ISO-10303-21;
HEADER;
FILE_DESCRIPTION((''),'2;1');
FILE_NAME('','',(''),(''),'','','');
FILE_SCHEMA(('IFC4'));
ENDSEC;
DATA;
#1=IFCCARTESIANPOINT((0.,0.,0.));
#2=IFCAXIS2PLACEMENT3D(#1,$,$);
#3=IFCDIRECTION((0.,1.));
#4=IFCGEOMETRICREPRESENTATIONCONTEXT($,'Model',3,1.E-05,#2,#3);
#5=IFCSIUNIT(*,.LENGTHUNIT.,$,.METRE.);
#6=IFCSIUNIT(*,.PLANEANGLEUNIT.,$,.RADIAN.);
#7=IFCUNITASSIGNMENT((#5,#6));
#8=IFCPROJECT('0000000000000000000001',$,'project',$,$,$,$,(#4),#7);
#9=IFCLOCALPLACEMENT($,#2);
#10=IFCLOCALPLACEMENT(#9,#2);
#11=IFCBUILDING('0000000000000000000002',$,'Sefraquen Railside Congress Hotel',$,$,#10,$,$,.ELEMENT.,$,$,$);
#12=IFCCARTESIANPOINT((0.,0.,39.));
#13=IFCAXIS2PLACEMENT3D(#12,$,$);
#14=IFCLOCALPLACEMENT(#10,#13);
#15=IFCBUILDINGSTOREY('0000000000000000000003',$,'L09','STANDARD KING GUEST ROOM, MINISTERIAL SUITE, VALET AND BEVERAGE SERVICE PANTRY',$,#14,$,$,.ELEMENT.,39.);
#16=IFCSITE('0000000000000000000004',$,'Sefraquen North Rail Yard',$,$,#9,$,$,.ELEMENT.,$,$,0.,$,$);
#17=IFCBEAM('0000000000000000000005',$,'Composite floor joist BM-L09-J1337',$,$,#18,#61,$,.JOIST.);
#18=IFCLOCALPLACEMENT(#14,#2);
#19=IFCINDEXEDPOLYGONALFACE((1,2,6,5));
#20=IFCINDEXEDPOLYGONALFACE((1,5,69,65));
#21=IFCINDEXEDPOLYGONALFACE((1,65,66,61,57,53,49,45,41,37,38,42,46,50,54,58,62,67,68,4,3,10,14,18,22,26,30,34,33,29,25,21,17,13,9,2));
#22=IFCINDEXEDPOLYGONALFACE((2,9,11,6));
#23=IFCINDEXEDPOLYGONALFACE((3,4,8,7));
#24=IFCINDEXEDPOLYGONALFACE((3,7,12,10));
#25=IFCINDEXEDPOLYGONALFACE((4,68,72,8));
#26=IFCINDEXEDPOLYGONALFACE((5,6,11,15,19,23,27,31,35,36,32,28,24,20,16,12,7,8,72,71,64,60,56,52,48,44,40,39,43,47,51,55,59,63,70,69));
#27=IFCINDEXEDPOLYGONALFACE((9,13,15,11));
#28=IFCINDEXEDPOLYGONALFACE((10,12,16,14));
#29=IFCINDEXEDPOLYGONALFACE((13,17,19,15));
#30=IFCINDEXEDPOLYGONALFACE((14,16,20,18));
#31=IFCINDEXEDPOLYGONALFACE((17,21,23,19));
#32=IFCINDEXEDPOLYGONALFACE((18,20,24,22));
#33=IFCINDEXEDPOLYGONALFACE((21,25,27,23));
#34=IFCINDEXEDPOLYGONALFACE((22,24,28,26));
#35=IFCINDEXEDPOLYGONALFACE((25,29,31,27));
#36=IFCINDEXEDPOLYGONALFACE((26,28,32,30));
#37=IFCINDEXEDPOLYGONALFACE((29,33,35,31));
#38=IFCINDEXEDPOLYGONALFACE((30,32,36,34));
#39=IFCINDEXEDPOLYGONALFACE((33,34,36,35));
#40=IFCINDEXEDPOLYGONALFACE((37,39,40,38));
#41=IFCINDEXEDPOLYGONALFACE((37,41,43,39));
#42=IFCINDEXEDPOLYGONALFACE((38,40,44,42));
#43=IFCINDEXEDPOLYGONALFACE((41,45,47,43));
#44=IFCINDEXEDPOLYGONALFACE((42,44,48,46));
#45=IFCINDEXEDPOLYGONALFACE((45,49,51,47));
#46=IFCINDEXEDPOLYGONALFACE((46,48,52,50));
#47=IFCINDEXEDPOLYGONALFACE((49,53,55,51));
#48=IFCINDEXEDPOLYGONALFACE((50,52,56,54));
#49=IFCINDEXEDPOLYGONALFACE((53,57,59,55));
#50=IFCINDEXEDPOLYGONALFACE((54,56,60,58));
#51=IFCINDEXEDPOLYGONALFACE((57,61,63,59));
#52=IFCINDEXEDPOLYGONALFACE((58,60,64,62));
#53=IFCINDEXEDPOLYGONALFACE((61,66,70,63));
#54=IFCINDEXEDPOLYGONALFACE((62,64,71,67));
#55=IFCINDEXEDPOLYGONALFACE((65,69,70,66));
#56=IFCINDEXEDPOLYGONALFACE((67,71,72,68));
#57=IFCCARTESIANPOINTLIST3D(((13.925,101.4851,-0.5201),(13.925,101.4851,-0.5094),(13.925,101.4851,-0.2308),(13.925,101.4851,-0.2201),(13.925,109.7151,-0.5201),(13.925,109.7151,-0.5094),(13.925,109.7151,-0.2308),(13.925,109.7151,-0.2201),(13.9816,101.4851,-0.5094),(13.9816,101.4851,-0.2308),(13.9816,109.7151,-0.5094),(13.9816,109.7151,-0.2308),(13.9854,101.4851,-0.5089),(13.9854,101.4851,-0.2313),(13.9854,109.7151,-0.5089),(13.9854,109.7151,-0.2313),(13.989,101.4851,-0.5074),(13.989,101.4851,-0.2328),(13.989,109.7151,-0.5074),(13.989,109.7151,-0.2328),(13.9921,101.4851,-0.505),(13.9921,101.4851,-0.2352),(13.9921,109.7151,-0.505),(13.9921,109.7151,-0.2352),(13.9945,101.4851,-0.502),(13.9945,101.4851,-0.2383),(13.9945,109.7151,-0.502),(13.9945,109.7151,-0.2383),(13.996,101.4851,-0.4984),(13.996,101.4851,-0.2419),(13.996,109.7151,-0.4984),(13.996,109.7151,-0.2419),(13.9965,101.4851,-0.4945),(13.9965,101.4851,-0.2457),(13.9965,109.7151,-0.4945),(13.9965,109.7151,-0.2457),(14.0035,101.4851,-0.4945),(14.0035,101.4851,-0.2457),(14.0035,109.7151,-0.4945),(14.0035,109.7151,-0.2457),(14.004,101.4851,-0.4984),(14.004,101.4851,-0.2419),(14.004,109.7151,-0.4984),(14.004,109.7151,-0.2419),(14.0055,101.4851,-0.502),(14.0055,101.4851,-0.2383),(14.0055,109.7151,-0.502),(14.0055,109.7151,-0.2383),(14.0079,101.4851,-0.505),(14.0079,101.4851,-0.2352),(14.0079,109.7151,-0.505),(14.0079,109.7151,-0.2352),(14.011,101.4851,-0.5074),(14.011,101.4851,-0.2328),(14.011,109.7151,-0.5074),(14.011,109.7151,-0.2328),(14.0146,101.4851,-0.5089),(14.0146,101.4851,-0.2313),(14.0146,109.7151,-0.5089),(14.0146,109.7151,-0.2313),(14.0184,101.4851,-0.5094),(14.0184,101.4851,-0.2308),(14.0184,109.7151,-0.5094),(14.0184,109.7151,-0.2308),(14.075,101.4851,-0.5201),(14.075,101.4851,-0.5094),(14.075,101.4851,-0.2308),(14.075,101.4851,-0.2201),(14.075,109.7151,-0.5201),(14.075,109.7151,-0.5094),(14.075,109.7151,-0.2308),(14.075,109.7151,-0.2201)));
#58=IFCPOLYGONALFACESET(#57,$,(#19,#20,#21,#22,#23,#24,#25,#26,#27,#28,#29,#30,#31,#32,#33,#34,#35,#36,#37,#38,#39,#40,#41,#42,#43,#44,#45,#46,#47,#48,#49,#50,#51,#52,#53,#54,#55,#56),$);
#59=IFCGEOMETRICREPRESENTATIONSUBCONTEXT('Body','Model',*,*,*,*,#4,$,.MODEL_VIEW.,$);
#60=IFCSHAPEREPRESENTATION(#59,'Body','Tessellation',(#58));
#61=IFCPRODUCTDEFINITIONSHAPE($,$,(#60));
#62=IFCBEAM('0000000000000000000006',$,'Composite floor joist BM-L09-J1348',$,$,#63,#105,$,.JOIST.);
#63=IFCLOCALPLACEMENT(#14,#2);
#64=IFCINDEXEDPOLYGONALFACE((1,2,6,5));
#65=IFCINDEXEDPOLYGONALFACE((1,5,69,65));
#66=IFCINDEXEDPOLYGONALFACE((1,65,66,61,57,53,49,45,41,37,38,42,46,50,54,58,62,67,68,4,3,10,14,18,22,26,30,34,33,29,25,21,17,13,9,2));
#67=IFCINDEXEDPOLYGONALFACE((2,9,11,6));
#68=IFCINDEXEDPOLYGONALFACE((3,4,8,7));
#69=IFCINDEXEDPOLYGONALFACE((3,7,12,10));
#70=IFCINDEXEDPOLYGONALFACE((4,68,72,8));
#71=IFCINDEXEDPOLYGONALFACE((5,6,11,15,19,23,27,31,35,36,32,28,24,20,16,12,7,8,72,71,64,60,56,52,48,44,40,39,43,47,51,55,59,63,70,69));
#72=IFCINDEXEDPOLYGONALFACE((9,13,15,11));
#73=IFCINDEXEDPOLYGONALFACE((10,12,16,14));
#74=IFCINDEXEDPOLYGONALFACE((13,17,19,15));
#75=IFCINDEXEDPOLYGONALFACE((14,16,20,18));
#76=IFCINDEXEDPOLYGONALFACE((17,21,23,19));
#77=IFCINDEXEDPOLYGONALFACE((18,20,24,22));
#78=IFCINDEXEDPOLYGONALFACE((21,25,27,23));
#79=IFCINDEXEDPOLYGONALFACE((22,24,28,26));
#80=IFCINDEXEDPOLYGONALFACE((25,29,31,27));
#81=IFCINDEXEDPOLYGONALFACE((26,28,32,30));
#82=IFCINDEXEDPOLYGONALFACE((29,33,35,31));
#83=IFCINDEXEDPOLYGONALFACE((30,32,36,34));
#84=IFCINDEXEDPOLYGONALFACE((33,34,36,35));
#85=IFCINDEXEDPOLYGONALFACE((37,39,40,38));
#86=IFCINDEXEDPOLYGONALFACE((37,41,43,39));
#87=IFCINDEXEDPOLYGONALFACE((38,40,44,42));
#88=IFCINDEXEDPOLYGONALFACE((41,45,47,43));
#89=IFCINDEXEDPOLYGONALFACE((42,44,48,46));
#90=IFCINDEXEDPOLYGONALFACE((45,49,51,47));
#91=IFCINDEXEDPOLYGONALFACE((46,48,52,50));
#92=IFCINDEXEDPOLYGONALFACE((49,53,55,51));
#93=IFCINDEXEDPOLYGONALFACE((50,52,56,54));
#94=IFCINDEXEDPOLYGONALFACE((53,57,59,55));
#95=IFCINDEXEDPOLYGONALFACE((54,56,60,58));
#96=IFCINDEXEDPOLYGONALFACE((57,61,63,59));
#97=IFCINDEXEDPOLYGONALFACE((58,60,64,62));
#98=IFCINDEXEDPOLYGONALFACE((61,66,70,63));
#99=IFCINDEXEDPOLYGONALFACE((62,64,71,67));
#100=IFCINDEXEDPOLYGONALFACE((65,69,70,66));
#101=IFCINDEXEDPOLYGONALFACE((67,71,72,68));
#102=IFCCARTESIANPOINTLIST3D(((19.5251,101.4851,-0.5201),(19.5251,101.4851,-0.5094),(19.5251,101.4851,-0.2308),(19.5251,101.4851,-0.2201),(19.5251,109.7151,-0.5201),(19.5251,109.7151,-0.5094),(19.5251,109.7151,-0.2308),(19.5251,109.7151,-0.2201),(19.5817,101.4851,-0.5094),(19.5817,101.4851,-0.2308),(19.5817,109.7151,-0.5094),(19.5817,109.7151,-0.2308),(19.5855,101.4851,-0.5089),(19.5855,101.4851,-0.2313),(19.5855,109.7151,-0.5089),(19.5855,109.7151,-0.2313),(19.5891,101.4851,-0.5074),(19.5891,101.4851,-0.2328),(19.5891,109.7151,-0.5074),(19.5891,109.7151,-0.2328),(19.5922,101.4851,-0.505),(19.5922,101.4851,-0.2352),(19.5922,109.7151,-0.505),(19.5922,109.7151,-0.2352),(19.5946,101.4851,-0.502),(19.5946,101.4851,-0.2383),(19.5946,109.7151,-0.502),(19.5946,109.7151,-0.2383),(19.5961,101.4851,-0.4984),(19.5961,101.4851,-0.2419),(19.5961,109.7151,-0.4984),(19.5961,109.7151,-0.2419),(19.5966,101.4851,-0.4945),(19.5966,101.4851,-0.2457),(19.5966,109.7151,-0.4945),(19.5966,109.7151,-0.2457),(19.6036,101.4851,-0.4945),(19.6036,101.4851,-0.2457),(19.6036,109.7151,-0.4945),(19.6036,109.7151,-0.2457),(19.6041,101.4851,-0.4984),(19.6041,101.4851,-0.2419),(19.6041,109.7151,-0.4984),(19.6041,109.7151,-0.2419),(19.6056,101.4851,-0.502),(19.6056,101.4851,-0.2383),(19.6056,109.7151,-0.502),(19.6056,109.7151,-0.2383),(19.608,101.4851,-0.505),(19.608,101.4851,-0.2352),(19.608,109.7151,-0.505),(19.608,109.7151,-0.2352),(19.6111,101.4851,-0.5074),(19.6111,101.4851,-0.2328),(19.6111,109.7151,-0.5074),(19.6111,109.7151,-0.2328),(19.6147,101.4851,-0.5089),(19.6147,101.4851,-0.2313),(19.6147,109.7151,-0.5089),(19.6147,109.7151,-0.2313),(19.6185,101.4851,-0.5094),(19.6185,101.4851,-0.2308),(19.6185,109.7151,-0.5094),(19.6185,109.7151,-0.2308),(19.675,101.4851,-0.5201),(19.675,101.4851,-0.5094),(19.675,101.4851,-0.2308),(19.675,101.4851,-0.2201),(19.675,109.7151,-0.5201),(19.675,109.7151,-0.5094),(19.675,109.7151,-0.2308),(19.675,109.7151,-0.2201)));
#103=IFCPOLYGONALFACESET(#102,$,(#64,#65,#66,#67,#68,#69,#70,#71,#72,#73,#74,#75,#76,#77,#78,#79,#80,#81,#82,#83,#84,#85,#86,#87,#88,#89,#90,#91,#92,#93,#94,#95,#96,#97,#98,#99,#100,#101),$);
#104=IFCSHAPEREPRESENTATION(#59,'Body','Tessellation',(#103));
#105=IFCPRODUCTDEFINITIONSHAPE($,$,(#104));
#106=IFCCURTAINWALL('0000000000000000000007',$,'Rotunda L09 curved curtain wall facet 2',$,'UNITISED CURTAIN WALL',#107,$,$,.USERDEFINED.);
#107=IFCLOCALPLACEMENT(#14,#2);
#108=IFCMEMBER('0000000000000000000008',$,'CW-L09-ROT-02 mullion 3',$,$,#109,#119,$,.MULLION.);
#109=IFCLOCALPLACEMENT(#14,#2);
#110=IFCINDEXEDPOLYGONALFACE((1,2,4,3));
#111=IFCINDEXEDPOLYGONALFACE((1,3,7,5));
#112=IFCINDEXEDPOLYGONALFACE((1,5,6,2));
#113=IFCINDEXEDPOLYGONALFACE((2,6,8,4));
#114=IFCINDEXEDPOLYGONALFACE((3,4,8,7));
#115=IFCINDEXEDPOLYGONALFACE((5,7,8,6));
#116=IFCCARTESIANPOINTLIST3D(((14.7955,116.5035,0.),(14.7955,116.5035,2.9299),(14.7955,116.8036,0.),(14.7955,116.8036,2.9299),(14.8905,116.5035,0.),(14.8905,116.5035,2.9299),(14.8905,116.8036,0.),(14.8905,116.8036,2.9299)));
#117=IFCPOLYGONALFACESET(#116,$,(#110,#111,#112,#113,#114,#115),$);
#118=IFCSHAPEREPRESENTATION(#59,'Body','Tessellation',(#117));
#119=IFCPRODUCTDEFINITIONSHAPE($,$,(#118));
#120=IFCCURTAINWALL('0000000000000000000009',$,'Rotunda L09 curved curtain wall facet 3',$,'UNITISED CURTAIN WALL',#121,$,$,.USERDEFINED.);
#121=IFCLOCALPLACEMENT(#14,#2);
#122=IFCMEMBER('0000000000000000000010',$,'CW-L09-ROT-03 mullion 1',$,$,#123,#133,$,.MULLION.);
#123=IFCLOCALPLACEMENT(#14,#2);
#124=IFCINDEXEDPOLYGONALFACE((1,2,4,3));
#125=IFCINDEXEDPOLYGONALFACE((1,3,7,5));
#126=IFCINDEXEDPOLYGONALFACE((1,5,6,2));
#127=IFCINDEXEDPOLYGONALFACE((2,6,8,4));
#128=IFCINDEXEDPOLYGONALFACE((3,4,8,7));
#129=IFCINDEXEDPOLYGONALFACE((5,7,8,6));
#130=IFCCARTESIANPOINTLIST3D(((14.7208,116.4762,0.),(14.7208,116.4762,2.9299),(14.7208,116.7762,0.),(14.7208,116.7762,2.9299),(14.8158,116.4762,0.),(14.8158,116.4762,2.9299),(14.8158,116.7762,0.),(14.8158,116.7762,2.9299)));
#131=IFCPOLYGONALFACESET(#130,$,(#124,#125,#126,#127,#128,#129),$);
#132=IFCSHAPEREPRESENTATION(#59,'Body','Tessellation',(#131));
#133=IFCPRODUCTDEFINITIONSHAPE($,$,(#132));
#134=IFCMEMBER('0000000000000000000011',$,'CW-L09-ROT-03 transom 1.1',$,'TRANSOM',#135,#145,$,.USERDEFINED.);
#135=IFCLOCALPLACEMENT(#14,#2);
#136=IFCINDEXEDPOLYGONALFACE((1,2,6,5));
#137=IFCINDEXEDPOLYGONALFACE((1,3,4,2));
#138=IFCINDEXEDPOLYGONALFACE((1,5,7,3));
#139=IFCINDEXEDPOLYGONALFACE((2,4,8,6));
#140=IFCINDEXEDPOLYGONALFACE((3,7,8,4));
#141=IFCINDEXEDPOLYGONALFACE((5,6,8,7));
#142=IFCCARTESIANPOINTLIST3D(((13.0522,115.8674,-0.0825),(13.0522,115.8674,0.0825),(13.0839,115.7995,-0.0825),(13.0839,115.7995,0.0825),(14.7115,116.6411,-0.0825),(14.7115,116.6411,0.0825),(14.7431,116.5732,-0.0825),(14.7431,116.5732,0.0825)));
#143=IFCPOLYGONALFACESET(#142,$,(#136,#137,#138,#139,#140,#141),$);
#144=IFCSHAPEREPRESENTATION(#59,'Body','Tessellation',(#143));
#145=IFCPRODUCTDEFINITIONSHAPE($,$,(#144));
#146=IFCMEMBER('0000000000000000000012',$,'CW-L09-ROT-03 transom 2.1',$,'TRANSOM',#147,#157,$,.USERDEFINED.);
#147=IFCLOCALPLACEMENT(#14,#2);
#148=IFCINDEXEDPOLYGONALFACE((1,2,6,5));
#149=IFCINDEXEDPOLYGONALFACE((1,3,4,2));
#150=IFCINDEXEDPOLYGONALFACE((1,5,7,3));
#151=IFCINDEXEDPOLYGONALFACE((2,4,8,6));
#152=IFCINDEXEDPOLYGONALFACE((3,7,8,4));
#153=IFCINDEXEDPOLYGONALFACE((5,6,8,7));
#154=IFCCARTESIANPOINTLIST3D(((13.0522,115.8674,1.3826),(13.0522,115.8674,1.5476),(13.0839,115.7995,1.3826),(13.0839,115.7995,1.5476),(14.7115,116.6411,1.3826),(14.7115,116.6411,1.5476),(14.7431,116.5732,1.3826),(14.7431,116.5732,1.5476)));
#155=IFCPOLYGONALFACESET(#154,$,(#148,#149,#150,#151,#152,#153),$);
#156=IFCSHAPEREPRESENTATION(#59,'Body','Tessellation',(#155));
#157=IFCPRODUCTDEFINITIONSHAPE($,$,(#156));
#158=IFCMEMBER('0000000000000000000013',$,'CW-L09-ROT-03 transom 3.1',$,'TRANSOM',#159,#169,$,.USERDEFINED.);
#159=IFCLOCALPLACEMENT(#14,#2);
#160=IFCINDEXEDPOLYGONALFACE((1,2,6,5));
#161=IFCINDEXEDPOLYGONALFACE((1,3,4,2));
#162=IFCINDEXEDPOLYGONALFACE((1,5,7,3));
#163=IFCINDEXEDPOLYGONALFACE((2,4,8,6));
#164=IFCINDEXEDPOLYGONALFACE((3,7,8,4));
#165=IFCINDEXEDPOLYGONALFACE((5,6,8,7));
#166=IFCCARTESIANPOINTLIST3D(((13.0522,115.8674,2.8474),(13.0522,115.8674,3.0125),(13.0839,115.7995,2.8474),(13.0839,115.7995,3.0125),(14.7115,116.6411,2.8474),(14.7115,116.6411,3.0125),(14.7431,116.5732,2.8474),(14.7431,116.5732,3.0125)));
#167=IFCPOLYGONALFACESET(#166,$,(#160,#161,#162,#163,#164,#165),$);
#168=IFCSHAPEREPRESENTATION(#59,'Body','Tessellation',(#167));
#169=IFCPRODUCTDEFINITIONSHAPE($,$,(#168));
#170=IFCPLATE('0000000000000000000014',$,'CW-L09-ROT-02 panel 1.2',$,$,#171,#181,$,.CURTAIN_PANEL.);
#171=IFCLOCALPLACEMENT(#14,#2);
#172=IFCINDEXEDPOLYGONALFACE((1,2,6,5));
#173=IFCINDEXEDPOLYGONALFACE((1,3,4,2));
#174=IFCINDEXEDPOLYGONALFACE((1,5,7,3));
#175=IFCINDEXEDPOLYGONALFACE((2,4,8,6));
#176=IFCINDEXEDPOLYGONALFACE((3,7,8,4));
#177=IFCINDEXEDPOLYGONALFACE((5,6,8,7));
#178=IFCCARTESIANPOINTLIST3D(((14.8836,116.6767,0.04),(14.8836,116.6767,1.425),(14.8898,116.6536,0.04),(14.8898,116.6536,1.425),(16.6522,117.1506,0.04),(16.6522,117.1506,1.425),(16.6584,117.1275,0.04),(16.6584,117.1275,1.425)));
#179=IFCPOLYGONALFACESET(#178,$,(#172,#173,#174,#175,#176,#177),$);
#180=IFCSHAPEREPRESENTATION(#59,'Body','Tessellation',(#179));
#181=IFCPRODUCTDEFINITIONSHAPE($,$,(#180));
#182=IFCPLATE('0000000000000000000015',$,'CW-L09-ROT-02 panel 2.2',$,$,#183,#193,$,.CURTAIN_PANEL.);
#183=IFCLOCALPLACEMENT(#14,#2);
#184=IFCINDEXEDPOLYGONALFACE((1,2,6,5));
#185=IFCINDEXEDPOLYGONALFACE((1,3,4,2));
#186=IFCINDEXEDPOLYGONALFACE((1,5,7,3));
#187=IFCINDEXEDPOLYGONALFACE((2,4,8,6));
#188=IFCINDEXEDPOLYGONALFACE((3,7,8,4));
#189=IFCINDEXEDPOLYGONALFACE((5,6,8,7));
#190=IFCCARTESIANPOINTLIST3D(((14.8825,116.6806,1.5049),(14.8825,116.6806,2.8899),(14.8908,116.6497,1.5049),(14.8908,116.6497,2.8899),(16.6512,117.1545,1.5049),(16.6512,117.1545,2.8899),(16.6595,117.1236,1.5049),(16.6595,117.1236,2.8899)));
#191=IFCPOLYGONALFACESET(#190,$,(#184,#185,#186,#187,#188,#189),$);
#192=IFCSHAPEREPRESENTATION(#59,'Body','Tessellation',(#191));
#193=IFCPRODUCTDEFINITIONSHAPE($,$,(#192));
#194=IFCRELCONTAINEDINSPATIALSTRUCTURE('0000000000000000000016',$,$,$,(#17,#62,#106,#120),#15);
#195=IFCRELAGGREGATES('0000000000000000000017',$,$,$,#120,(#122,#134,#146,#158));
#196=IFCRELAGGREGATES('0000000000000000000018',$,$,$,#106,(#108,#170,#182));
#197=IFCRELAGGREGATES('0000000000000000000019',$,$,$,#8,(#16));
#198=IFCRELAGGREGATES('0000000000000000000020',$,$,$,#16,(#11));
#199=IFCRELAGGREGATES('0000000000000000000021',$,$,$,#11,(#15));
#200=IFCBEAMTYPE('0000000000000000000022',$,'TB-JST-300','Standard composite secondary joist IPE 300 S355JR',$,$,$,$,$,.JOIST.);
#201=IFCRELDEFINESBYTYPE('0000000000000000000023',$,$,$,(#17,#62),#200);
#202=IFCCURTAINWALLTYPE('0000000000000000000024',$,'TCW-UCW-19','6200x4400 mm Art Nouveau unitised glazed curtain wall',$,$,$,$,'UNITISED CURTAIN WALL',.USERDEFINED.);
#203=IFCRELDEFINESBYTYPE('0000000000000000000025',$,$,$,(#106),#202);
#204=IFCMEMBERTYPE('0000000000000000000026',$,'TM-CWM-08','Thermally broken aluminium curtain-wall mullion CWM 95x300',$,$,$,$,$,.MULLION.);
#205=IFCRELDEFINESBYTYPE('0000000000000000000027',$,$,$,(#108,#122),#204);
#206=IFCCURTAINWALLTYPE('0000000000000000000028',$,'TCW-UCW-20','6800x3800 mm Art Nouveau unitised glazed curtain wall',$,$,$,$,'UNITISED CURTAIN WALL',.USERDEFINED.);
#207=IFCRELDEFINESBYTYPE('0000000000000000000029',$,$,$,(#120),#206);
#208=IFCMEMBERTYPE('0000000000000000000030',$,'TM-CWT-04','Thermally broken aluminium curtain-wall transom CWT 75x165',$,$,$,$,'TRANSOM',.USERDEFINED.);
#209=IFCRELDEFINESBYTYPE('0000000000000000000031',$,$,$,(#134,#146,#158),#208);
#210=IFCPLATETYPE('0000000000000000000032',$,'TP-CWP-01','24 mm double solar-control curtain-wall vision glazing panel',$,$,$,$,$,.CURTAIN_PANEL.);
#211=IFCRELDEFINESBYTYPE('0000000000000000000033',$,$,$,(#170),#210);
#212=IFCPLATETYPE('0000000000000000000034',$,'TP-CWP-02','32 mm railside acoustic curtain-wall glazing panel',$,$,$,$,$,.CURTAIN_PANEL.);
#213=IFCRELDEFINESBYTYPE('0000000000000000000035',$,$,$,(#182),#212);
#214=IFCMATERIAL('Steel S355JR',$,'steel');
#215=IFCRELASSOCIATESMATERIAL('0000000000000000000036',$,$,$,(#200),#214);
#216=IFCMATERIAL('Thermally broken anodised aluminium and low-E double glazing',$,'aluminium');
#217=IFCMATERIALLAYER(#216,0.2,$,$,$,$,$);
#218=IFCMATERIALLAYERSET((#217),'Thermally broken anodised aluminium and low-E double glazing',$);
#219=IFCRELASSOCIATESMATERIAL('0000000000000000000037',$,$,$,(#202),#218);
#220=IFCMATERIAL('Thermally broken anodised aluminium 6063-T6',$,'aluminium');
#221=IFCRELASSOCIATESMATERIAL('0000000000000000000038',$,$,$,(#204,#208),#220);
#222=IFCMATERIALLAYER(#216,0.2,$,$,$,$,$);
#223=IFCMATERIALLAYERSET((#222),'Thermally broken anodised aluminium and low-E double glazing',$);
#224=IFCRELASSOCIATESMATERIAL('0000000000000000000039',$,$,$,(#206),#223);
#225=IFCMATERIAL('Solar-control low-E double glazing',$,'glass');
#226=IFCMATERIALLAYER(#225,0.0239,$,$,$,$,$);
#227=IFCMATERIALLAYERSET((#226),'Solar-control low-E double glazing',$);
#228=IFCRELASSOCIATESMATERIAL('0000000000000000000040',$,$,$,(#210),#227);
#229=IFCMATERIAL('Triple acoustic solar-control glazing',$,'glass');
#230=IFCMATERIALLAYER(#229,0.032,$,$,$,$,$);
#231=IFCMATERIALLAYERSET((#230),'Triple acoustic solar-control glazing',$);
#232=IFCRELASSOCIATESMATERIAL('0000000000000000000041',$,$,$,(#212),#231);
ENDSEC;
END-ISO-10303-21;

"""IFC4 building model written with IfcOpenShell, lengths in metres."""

from ifc_helpers import new_model, si_unit, direction, frame, origin, origin_2d, place, context, subcontext, project, spatial, rectangle, i_section, extrude, material, layer, layer_set, material_profile, profile_set, type_object, element, aggregate, save


model = new_model("IFC4")

# Units and contexts
model_context = context("Model", 3, precision=1e-05, world=origin(), true_north=direction((0.0, 1.0)))
body_context = subcontext(model_context, "Body", "Model", "MODEL_VIEW")
ifc_project = project(units=[si_unit("LENGTHUNIT", "METRE"), si_unit("PLANEANGLEUNIT", "RADIAN")], contexts=[model_context])

# Site, building, storey
site_placement = place(None, origin())
site = spatial("IfcSite", under=ifc_project, at=site_placement, Name="Sefraquen North Rail Yard", CompositionType="ELEMENT", RefElevation=0.0)
building_placement = place(site_placement, origin())
building = spatial("IfcBuilding", under=site, at=building_placement, Name="Sefraquen Railside Congress Hotel", CompositionType="ELEMENT")
storey_placement = place(building_placement, frame((0.0, 0.0, 39.0)))
storey = spatial("IfcBuildingStorey", under=building, at=storey_placement, Name="L09", Description="STANDARD KING GUEST ROOM, MINISTERIAL SUITE, VALET AND BEVERAGE SERVICE PANTRY", CompositionType="ELEMENT", Elevation=39.0)

# Shared definitions
ifc_material_1 = material(Name="Steel S355JR", Category="steel")

# Beams
ifc_material_profile_1 = material_profile(ifc_material_1, i_section(OverallWidth=0.1499, OverallDepth=0.3, WebThickness=0.0071, FlangeThickness=0.0107, FilletRadius=0.0149, at=origin_2d()), Name="IPE 300")
ifc_profile_set_1 = profile_set([ifc_material_profile_1], Name="Steel S355JR")
beam_type_1 = type_object("IfcBeamType", Name="TB-JST-300", Description="Standard composite secondary joist IPE 300 S355JR", PredefinedType="JOIST", material=ifc_profile_set_1)
for number, where, z_axis, x_axis, name in (
    (1, (14.0, 101.4851, -0.3701), (0.0, 1.0, 0.0), (-1.0, 0.0, 0.0), "Composite floor joist BM-L09-J1337"),
    (2, (19.6001, 101.4851, -0.3701), (0.0, 1.0, 0.0), (-1.0, 0.0, 0.0), "Composite floor joist BM-L09-J1348"),
):
    element("IfcBeam", number, at=place(storey_placement, frame(where, z_axis=z_axis, x_axis=x_axis)), inside=storey, type_object=beam_type_1, Name=name, PredefinedType="JOIST", context=body_context, shape_type="SweptSolid", body=[
        extrude(i_section(OverallWidth=0.1499, OverallDepth=0.3, WebThickness=0.0071, FlangeThickness=0.0107, FilletRadius=0.0149, at=origin_2d()), origin(), (0.0, 0.0, 1.0), 8.23),
    ])

# Curtain wall, member
ifc_material_2 = material(Name="Thermally broken anodised aluminium and low-E double glazing", Category="aluminium")
ifc_layer_1 = layer(ifc_material_2, 0.2)
ifc_layer_set_1 = layer_set([ifc_layer_1], Name="Thermally broken anodised aluminium and low-E double glazing")
curtain_wall_type_1 = type_object("IfcCurtainWallType", Name="TCW-UCW-19", Description="6200x4400 mm Art Nouveau unitised glazed curtain wall", ElementType="UNITISED CURTAIN WALL", PredefinedType="USERDEFINED", material=ifc_layer_set_1)
curtain_wall_1_placement = place(storey_placement, origin())
curtain_wall_1 = element("IfcCurtainWall", 3, at=curtain_wall_1_placement, inside=storey, type_object=curtain_wall_type_1, Name="Rotunda L09 curved curtain wall facet 2", ObjectType="UNITISED CURTAIN WALL", PredefinedType="USERDEFINED")
ifc_material_3 = material(Name="Thermally broken anodised aluminium 6063-T6", Category="aluminium")
ifc_material_profile_2 = material_profile(ifc_material_3, rectangle(XDim=0.095, YDim=0.3, at=origin_2d()), Name="CWM 95x300")
ifc_profile_set_2 = profile_set([ifc_material_profile_2], Name="Thermally broken anodised aluminium 6063-T6")
member_type_1 = type_object("IfcMemberType", Name="TM-CWM-08", Description="Thermally broken aluminium curtain-wall mullion CWM 95x300", PredefinedType="MULLION", material=ifc_profile_set_2)
member_1_placement = place(storey_placement, frame((14.843, 116.6536, 0.0), z_axis=(0.0, 0.0, 1.0), x_axis=(1.0, 0.0, 0.0)))
member_1 = element("IfcMember", 4, at=member_1_placement, type_object=member_type_1, Name="CW-L09-ROT-02 mullion 3", PredefinedType="MULLION", context=body_context, shape_type="SweptSolid", body=[
    extrude(rectangle(XDim=0.095, YDim=0.3, at=origin_2d()), origin(), (0.0, 0.0, 1.0), 2.9299),
])

# Curtain wall, members
ifc_layer_2 = layer(ifc_material_2, 0.2)
ifc_layer_set_2 = layer_set([ifc_layer_2], Name="Thermally broken anodised aluminium and low-E double glazing")
curtain_wall_type_2 = type_object("IfcCurtainWallType", Name="TCW-UCW-20", Description="6800x3800 mm Art Nouveau unitised glazed curtain wall", ElementType="UNITISED CURTAIN WALL", PredefinedType="USERDEFINED", material=ifc_layer_set_2)
curtain_wall_2_placement = place(storey_placement, origin())
curtain_wall_2 = element("IfcCurtainWall", 5, at=curtain_wall_2_placement, inside=storey, type_object=curtain_wall_type_2, Name="Rotunda L09 curved curtain wall facet 3", ObjectType="UNITISED CURTAIN WALL", PredefinedType="USERDEFINED")
member_2_placement = place(storey_placement, frame((14.7683, 116.6262, 0.0), z_axis=(0.0, 0.0, 1.0), x_axis=(1.0, 0.0, 0.0)))
member_2 = element("IfcMember", 6, at=member_2_placement, type_object=member_type_1, Name="CW-L09-ROT-03 mullion 1", PredefinedType="MULLION", context=body_context, shape_type="SweptSolid", body=[
    extrude(rectangle(XDim=0.095, YDim=0.3, at=origin_2d()), origin(), (0.0, 0.0, 1.0), 2.9299),
])
ifc_material_profile_3 = material_profile(ifc_material_3, rectangle(XDim=0.075, YDim=0.165, at=origin_2d()), Name="CWT 75x165")
ifc_profile_set_3 = profile_set([ifc_material_profile_3], Name="Thermally broken anodised aluminium 6063-T6")
member_type_2 = type_object("IfcMemberType", Name="TM-CWT-04", Description="Thermally broken aluminium curtain-wall transom CWT 75x165", ElementType="TRANSOM", PredefinedType="USERDEFINED", material=ifc_profile_set_3)
member_3_placement = place(storey_placement, frame((14.7273, 116.6072, 0.0), z_axis=(-0.906309, -0.422615, 0.0), x_axis=(0.422615, -0.906309, 0.0)))
member_3 = element("IfcMember", 7, at=member_3_placement, type_object=member_type_2, Name="CW-L09-ROT-03 transom 1.1", ObjectType="TRANSOM", PredefinedType="USERDEFINED", context=body_context, shape_type="SweptSolid", body=[
    extrude(rectangle(XDim=0.075, YDim=0.165, at=origin_2d()), origin(), (0.0, 0.0, 1.0), 1.8308),
])
member_4_placement = place(storey_placement, frame((14.7273, 116.6072, 1.4651), z_axis=(-0.906309, -0.422615, 0.0), x_axis=(0.422615, -0.906309, 0.0)))
member_4 = element("IfcMember", 8, at=member_4_placement, type_object=member_type_2, Name="CW-L09-ROT-03 transom 2.1", ObjectType="TRANSOM", PredefinedType="USERDEFINED", context=body_context, shape_type="SweptSolid", body=[
    extrude(rectangle(XDim=0.075, YDim=0.165, at=origin_2d()), origin(), (0.0, 0.0, 1.0), 1.8308),
])
member_5_placement = place(storey_placement, frame((14.7273, 116.6072, 2.9299), z_axis=(-0.906309, -0.422615, 0.0), x_axis=(0.422615, -0.906309, 0.0)))
member_5 = element("IfcMember", 9, at=member_5_placement, type_object=member_type_2, Name="CW-L09-ROT-03 transom 3.1", ObjectType="TRANSOM", PredefinedType="USERDEFINED", context=body_context, shape_type="SweptSolid", body=[
    extrude(rectangle(XDim=0.075, YDim=0.165, at=origin_2d()), origin(), (0.0, 0.0, 1.0), 1.8308),
])
aggregate(curtain_wall_2, [member_2, member_3, member_4, member_5])

# Plates
ifc_material_4 = material(Name="Solar-control low-E double glazing", Category="glass")
ifc_layer_3 = layer(ifc_material_4, 0.0239)
ifc_layer_set_3 = layer_set([ifc_layer_3], Name="Solar-control low-E double glazing")
plate_type_1 = type_object("IfcPlateType", Name="TP-CWP-01", Description="24 mm double solar-control curtain-wall vision glazing panel", PredefinedType="CURTAIN_PANEL", material=ifc_layer_set_3)
plate_1_placement = place(storey_placement, frame((15.771, 116.9021, 0.04), z_axis=(0.0, 0.0, 1.0), x_axis=(-0.965935, -0.258785, 0.0)))
plate_1 = element("IfcPlate", 10, at=plate_1_placement, type_object=plate_type_1, Name="CW-L09-ROT-02 panel 1.2", PredefinedType="CURTAIN_PANEL", context=body_context, shape_type="SweptSolid", body=[
    extrude(rectangle(XDim=1.8311, YDim=0.0239, at=origin_2d()), origin(), (0.0, 0.0, 1.0), 1.385),
])
ifc_material_5 = material(Name="Triple acoustic solar-control glazing", Category="glass")
ifc_layer_4 = layer(ifc_material_5, 0.032)
ifc_layer_set_4 = layer_set([ifc_layer_4], Name="Triple acoustic solar-control glazing")
plate_type_2 = type_object("IfcPlateType", Name="TP-CWP-02", Description="32 mm railside acoustic curtain-wall glazing panel", PredefinedType="CURTAIN_PANEL", material=ifc_layer_set_4)
plate_2_placement = place(storey_placement, frame((15.771, 116.9021, 1.5049), z_axis=(0.0, 0.0, 1.0), x_axis=(-0.965935, -0.258785, 0.0)))
plate_2 = element("IfcPlate", 11, at=plate_2_placement, type_object=plate_type_2, Name="CW-L09-ROT-02 panel 2.2", PredefinedType="CURTAIN_PANEL", context=body_context, shape_type="SweptSolid", body=[
    extrude(rectangle(XDim=1.8311, YDim=0.032, at=origin_2d()), origin(), (0.0, 0.0, 1.0), 1.385),
])
aggregate(curtain_wall_1, [member_1, plate_1, plate_2])

save(model, "model.ifc")
